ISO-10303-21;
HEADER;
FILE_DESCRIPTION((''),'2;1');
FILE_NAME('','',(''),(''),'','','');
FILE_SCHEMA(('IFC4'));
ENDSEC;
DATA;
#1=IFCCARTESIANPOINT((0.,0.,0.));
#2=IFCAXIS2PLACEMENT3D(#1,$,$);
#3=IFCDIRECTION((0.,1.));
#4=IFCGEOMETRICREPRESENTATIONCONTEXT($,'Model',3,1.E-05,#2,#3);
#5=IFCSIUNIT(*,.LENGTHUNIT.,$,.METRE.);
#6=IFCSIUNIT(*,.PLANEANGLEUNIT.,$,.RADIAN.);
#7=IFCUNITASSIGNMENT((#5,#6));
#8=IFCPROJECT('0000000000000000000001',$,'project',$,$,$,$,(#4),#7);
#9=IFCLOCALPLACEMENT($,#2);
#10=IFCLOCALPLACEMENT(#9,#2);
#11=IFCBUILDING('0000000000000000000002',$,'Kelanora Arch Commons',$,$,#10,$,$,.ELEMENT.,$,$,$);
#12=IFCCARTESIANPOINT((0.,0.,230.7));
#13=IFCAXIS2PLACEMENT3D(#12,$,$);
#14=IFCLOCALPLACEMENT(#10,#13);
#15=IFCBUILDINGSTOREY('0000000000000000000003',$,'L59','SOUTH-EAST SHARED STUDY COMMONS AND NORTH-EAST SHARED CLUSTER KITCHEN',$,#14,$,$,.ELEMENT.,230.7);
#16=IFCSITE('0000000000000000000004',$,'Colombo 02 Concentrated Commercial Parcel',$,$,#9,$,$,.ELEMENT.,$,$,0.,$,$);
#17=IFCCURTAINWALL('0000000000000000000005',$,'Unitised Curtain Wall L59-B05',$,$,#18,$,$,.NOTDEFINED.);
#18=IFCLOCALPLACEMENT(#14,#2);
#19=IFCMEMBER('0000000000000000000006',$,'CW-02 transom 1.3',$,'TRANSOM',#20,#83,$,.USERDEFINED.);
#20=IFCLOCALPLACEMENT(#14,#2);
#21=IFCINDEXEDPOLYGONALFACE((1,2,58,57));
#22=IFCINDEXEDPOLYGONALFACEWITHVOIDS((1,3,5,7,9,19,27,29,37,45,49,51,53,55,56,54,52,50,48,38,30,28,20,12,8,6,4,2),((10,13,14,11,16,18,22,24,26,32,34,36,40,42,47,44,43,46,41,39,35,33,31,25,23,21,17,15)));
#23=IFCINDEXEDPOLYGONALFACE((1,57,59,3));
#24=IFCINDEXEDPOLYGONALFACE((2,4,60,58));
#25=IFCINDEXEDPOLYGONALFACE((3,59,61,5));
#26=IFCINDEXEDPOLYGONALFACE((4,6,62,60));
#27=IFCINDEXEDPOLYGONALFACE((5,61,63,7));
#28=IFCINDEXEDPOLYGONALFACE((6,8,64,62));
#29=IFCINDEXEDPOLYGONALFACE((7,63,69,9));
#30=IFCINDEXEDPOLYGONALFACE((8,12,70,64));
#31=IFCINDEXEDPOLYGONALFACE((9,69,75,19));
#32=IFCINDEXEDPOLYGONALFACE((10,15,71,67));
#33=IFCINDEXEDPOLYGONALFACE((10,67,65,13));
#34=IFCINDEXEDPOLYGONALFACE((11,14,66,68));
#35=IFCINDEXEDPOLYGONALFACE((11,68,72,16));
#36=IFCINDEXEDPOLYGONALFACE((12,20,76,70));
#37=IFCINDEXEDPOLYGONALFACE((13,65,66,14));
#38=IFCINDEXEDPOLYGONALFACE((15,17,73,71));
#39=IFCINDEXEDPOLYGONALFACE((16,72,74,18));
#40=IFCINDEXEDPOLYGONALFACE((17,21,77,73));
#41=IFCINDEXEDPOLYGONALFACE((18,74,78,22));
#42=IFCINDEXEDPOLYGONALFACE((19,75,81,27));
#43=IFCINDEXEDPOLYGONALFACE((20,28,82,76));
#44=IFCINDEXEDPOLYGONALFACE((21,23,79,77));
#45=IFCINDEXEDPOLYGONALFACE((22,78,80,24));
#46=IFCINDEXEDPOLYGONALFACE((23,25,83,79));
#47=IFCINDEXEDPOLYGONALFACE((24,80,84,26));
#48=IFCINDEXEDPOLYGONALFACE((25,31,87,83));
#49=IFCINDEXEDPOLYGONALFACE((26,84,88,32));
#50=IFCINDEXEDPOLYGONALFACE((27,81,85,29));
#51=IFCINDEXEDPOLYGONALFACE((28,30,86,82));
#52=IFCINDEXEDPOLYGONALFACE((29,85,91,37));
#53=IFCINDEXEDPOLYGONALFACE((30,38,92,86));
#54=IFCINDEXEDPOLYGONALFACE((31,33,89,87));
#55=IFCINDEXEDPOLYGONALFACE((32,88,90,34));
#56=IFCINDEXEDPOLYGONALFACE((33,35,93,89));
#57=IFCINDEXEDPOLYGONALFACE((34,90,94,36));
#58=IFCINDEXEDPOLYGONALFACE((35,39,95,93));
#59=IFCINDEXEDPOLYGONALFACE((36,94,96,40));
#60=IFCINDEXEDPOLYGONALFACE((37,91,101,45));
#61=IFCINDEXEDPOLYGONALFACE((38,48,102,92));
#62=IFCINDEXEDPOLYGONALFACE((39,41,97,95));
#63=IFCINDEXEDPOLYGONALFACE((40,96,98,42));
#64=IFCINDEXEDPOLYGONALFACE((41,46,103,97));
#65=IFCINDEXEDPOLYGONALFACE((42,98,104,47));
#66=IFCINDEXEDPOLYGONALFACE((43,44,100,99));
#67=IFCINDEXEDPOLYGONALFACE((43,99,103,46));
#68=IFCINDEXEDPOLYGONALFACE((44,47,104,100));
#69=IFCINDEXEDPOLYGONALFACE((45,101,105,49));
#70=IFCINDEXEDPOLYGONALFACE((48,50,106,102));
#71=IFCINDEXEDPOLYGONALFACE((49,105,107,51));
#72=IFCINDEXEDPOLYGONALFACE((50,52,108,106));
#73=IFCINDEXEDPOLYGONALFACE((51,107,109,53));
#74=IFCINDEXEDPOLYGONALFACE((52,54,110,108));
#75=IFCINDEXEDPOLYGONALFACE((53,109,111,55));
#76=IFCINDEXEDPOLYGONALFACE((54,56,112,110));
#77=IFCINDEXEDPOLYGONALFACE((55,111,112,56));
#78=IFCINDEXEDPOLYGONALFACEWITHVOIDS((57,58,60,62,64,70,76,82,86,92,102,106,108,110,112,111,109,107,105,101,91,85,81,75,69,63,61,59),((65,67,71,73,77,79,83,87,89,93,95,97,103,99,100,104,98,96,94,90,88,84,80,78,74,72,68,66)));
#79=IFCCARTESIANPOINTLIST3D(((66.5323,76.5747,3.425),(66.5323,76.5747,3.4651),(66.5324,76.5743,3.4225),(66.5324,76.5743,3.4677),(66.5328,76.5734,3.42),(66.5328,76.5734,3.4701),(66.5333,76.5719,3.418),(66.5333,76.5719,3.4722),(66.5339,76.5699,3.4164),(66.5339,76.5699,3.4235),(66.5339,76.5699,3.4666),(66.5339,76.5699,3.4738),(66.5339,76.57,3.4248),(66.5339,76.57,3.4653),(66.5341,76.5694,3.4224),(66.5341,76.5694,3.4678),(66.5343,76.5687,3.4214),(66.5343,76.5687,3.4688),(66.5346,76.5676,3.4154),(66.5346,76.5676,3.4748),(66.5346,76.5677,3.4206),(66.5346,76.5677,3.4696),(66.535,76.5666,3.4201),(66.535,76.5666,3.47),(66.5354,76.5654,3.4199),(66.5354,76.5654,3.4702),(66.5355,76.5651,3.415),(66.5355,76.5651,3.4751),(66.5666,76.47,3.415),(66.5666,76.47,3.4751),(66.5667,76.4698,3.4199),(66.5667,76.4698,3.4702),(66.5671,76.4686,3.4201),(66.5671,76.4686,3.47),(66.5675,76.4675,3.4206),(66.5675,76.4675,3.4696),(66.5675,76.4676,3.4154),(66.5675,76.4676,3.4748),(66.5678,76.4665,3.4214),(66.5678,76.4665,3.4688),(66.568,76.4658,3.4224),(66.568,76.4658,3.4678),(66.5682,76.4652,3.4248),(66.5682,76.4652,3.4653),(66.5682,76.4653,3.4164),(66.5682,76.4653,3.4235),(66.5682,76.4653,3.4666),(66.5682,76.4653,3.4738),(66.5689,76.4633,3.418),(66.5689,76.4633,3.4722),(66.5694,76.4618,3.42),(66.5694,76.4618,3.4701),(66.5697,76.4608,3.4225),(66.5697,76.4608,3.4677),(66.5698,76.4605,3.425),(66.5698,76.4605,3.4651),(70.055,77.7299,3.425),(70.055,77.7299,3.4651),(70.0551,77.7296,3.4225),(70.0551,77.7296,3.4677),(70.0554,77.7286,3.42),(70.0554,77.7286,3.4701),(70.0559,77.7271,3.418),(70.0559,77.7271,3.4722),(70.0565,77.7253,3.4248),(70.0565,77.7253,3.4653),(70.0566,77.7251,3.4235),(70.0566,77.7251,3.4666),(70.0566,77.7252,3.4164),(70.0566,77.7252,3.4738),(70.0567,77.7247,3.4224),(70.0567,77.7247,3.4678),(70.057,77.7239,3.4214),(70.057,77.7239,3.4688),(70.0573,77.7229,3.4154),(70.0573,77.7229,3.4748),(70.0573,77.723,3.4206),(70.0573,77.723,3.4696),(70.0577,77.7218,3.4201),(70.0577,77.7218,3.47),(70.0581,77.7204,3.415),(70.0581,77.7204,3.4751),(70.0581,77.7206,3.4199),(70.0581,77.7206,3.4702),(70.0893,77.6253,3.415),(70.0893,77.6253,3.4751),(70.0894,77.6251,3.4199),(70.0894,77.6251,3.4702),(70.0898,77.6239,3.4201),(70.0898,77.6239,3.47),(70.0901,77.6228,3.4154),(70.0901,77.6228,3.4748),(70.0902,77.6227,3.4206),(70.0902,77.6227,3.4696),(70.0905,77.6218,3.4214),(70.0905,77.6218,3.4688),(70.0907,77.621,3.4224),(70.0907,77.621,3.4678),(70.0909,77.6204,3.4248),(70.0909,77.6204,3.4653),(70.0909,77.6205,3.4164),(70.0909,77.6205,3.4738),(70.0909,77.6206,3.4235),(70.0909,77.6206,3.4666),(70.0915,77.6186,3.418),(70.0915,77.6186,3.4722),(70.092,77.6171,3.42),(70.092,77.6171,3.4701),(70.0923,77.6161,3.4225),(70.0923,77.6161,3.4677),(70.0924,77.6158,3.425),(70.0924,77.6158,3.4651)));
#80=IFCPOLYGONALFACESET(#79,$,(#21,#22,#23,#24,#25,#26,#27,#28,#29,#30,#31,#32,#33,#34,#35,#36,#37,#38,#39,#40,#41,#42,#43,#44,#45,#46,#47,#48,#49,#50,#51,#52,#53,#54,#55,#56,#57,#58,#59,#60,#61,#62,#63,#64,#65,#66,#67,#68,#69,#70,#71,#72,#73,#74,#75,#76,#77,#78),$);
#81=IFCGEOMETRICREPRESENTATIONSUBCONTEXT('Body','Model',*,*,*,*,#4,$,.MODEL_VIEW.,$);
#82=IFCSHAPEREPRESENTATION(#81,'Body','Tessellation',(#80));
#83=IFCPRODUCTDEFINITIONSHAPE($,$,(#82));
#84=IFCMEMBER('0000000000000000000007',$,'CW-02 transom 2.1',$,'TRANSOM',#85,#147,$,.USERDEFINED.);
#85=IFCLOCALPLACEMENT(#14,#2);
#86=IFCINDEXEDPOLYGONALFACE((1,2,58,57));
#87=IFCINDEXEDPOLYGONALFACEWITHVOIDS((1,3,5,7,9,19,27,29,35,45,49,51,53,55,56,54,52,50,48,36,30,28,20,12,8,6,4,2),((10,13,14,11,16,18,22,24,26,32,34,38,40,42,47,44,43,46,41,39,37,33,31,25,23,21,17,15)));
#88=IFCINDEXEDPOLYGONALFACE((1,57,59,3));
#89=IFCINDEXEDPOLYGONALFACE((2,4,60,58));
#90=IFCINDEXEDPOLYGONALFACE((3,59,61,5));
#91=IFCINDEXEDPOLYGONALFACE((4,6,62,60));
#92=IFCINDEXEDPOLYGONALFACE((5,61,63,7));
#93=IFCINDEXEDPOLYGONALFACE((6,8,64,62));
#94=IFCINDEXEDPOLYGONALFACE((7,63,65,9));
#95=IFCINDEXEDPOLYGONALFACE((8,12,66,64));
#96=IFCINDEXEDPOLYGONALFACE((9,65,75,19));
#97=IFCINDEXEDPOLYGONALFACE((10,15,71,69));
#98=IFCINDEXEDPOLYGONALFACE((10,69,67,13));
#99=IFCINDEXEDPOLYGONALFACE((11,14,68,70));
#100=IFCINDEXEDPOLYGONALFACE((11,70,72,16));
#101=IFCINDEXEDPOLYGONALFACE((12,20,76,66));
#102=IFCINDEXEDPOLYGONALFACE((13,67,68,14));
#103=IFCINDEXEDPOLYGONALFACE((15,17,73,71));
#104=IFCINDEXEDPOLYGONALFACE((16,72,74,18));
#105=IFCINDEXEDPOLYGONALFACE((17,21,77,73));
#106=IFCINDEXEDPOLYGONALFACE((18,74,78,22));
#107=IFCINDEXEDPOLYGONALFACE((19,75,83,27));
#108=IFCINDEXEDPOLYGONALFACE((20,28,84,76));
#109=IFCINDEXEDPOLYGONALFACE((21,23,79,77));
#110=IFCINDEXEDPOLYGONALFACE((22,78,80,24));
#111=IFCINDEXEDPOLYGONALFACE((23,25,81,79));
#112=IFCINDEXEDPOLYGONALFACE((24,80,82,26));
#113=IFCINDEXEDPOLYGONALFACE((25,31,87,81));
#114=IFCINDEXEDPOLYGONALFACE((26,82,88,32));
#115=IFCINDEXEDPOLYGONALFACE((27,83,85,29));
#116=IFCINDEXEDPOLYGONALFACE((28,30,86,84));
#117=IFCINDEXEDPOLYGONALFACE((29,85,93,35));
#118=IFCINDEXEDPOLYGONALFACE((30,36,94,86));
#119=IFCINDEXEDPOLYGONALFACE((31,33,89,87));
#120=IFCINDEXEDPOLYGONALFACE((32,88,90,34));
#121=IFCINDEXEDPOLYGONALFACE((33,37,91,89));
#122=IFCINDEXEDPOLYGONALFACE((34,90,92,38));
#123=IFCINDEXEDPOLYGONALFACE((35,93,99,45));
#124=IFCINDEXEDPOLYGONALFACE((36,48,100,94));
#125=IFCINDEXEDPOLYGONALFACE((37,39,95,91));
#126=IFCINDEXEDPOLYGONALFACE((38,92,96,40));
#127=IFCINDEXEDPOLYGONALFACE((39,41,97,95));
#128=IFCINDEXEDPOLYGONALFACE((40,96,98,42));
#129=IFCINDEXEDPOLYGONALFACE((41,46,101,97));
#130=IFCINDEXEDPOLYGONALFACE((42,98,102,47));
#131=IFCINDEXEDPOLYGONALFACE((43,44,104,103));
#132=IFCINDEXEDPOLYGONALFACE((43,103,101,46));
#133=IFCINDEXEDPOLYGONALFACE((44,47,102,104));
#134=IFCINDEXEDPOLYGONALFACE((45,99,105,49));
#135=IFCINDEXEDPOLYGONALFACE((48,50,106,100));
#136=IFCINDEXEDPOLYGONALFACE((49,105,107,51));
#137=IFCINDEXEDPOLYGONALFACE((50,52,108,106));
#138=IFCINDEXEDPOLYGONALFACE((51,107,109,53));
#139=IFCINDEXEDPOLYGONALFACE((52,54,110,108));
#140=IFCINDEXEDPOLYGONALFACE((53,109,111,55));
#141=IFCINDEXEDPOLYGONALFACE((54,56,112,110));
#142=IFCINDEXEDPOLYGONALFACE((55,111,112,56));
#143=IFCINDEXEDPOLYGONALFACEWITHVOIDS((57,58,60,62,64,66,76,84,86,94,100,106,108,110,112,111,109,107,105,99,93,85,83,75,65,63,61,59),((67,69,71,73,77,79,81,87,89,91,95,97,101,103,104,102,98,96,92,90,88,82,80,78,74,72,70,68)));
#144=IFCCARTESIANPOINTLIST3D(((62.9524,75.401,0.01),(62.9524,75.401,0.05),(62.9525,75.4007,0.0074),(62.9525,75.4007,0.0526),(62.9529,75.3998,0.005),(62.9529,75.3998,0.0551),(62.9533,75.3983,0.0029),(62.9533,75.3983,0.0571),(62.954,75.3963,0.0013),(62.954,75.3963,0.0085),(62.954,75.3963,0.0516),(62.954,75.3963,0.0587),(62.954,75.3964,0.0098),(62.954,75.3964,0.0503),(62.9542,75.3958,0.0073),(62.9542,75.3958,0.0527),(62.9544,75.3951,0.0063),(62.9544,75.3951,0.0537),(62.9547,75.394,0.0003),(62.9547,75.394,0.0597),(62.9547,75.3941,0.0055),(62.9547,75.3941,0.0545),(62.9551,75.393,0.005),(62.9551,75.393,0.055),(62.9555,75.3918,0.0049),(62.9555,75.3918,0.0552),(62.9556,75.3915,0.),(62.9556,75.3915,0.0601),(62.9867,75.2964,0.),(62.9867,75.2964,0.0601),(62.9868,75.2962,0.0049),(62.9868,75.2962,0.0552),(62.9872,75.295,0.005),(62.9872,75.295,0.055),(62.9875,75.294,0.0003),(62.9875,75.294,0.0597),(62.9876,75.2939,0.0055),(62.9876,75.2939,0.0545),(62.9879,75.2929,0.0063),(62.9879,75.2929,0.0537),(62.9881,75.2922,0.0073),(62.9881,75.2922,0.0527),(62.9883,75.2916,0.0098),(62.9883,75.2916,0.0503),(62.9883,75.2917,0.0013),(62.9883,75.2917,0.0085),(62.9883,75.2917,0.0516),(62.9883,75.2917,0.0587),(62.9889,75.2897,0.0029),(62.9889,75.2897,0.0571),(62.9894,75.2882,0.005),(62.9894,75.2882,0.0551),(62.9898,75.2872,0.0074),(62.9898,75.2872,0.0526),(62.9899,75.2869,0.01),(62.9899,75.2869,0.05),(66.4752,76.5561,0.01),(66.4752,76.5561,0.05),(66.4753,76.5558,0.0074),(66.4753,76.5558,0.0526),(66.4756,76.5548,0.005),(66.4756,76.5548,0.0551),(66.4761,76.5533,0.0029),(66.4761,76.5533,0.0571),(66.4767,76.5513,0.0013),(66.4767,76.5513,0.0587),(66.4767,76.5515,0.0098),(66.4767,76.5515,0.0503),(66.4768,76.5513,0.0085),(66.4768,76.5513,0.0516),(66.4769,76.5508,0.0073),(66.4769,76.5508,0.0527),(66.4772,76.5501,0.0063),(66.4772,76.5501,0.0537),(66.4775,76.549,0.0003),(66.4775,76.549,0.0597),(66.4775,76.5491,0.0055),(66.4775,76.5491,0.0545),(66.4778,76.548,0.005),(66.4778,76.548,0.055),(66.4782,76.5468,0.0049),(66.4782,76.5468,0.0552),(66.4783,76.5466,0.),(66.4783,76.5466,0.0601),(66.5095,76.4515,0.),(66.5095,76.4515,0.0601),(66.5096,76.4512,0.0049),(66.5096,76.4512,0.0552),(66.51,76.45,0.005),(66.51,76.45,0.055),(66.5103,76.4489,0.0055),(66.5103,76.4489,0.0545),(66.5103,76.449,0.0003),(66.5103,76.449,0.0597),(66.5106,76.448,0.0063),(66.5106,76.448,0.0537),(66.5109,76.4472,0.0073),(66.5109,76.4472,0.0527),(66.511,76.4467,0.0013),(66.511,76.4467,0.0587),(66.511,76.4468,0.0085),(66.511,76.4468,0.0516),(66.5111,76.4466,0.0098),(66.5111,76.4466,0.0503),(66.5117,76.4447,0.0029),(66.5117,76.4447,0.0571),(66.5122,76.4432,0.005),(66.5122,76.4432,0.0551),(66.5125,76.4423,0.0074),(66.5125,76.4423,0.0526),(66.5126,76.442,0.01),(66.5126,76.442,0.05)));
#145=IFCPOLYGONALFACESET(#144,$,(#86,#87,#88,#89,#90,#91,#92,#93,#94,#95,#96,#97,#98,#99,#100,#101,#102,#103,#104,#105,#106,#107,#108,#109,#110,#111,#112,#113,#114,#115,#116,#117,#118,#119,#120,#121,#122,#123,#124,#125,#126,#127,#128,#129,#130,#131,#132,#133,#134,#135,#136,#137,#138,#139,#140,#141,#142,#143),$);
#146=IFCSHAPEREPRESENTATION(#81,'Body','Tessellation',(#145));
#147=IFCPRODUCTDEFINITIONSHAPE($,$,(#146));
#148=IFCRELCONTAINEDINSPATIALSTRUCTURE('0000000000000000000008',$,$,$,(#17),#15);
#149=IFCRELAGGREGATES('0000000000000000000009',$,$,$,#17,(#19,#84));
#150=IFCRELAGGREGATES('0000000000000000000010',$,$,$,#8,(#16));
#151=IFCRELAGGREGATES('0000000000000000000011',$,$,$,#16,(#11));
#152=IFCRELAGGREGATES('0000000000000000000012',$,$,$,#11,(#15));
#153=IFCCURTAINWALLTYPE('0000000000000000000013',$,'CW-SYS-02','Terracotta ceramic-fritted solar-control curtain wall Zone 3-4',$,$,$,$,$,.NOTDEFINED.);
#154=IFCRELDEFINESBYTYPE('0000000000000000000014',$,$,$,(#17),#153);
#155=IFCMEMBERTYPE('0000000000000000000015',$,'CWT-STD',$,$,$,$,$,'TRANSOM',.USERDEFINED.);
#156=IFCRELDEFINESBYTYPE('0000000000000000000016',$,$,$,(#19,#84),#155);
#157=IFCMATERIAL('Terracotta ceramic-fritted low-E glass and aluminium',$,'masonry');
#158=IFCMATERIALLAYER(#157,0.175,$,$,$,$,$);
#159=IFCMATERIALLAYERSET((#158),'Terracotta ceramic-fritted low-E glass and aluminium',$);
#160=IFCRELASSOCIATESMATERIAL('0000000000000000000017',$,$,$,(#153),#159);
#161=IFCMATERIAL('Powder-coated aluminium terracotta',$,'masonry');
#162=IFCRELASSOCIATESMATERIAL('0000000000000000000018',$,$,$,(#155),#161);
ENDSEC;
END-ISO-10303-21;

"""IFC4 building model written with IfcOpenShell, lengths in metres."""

from ifc_helpers import new_model, si_unit, direction, frame, origin, origin_2d, place, context, subcontext, project, spatial, hollow_rectangle, extrude, material, layer, layer_set, material_profile, profile_set, type_object, element, aggregate, save


model = new_model("IFC4")

# Units and contexts
model_context = context("Model", 3, precision=1e-05, world=origin(), true_north=direction((0.0, 1.0)))
body_context = subcontext(model_context, "Body", "Model", "MODEL_VIEW")
ifc_project = project(units=[si_unit("LENGTHUNIT", "METRE"), si_unit("PLANEANGLEUNIT", "RADIAN")], contexts=[model_context])

# Site, building, storey
site_placement = place(None, origin())
site = spatial("IfcSite", under=ifc_project, at=site_placement, Name="Colombo 02 Concentrated Commercial Parcel", CompositionType="ELEMENT", RefElevation=0.0)
building_placement = place(site_placement, origin())
building = spatial("IfcBuilding", under=site, at=building_placement, Name="Kelanora Arch Commons", CompositionType="ELEMENT")
storey_placement = place(building_placement, frame((0.0, 0.0, 230.7)))
storey = spatial("IfcBuildingStorey", under=building, at=storey_placement, Name="L59", Description="SOUTH-EAST SHARED STUDY COMMONS AND NORTH-EAST SHARED CLUSTER KITCHEN", CompositionType="ELEMENT", Elevation=230.7)

# Curtain wall, members
ifc_material_1 = material(Name="Terracotta ceramic-fritted low-E glass and aluminium", Category="masonry")
ifc_layer_1 = layer(ifc_material_1, 0.175)
ifc_layer_set_1 = layer_set([ifc_layer_1], Name="Terracotta ceramic-fritted low-E glass and aluminium")
curtain_wall_type = type_object("IfcCurtainWallType", Name="CW-SYS-02", Description="Terracotta ceramic-fritted solar-control curtain wall Zone 3-4", PredefinedType="NOTDEFINED", material=ifc_layer_set_1)
curtain_wall_placement = place(storey_placement, origin())
curtain_wall = element("IfcCurtainWall", 1, at=curtain_wall_placement, inside=storey, type_object=curtain_wall_type, Name="Unitised Curtain Wall L59-B05", PredefinedType="NOTDEFINED")
ifc_material_2 = material(Name="Powder-coated aluminium terracotta", Category="masonry")
ifc_material_profile_1 = material_profile(ifc_material_2, hollow_rectangle(XDim=0.1201, YDim=0.0601, WallThickness=0.0049, InnerFilletRadius=0.0049, OuterFilletRadius=0.01, at=origin_2d()), Name="CWT120x60")
ifc_profile_set_1 = profile_set([ifc_material_profile_1], Name="Powder-coated aluminium terracotta")
member_type_1 = type_object("IfcMemberType", Name="CWT-STD", ElementType="TRANSOM", PredefinedType="USERDEFINED", material=ifc_profile_set_1)
member_1_placement = place(storey_placement, frame((70.0737, 77.6729, 3.4451), z_axis=(-0.950207, -0.311621, 0.0), x_axis=(0.311621, -0.950207, 0.0)))
member_1 = element("IfcMember", 2, at=member_1_placement, type_object=member_type_1, Name="CW-02 transom 1.3", ObjectType="TRANSOM", PredefinedType="USERDEFINED", context=body_context, shape_type="SweptSolid", body=[
    extrude(hollow_rectangle(XDim=0.1201, YDim=0.0601, WallThickness=0.0049, InnerFilletRadius=0.0049, OuterFilletRadius=0.01, at=origin_2d()), origin(), (0.0, 0.0, 1.0), 3.7073),
])
member_2_placement = place(storey_placement, frame((66.4939, 76.499, 0.03), z_axis=(-0.950226, -0.311561, 0.0), x_axis=(0.311561, -0.950226, 0.0)))
member_2 = element("IfcMember", 3, at=member_2_placement, type_object=member_type_1, Name="CW-02 transom 2.1", ObjectType="TRANSOM", PredefinedType="USERDEFINED", context=body_context, shape_type="SweptSolid", body=[
    extrude(hollow_rectangle(XDim=0.1201, YDim=0.0601, WallThickness=0.0049, InnerFilletRadius=0.0049, OuterFilletRadius=0.01, at=origin_2d()), origin(), (0.0, 0.0, 1.0), 3.7073),
])
aggregate(curtain_wall, [member_1, member_2])

save(model, "model.ifc")
